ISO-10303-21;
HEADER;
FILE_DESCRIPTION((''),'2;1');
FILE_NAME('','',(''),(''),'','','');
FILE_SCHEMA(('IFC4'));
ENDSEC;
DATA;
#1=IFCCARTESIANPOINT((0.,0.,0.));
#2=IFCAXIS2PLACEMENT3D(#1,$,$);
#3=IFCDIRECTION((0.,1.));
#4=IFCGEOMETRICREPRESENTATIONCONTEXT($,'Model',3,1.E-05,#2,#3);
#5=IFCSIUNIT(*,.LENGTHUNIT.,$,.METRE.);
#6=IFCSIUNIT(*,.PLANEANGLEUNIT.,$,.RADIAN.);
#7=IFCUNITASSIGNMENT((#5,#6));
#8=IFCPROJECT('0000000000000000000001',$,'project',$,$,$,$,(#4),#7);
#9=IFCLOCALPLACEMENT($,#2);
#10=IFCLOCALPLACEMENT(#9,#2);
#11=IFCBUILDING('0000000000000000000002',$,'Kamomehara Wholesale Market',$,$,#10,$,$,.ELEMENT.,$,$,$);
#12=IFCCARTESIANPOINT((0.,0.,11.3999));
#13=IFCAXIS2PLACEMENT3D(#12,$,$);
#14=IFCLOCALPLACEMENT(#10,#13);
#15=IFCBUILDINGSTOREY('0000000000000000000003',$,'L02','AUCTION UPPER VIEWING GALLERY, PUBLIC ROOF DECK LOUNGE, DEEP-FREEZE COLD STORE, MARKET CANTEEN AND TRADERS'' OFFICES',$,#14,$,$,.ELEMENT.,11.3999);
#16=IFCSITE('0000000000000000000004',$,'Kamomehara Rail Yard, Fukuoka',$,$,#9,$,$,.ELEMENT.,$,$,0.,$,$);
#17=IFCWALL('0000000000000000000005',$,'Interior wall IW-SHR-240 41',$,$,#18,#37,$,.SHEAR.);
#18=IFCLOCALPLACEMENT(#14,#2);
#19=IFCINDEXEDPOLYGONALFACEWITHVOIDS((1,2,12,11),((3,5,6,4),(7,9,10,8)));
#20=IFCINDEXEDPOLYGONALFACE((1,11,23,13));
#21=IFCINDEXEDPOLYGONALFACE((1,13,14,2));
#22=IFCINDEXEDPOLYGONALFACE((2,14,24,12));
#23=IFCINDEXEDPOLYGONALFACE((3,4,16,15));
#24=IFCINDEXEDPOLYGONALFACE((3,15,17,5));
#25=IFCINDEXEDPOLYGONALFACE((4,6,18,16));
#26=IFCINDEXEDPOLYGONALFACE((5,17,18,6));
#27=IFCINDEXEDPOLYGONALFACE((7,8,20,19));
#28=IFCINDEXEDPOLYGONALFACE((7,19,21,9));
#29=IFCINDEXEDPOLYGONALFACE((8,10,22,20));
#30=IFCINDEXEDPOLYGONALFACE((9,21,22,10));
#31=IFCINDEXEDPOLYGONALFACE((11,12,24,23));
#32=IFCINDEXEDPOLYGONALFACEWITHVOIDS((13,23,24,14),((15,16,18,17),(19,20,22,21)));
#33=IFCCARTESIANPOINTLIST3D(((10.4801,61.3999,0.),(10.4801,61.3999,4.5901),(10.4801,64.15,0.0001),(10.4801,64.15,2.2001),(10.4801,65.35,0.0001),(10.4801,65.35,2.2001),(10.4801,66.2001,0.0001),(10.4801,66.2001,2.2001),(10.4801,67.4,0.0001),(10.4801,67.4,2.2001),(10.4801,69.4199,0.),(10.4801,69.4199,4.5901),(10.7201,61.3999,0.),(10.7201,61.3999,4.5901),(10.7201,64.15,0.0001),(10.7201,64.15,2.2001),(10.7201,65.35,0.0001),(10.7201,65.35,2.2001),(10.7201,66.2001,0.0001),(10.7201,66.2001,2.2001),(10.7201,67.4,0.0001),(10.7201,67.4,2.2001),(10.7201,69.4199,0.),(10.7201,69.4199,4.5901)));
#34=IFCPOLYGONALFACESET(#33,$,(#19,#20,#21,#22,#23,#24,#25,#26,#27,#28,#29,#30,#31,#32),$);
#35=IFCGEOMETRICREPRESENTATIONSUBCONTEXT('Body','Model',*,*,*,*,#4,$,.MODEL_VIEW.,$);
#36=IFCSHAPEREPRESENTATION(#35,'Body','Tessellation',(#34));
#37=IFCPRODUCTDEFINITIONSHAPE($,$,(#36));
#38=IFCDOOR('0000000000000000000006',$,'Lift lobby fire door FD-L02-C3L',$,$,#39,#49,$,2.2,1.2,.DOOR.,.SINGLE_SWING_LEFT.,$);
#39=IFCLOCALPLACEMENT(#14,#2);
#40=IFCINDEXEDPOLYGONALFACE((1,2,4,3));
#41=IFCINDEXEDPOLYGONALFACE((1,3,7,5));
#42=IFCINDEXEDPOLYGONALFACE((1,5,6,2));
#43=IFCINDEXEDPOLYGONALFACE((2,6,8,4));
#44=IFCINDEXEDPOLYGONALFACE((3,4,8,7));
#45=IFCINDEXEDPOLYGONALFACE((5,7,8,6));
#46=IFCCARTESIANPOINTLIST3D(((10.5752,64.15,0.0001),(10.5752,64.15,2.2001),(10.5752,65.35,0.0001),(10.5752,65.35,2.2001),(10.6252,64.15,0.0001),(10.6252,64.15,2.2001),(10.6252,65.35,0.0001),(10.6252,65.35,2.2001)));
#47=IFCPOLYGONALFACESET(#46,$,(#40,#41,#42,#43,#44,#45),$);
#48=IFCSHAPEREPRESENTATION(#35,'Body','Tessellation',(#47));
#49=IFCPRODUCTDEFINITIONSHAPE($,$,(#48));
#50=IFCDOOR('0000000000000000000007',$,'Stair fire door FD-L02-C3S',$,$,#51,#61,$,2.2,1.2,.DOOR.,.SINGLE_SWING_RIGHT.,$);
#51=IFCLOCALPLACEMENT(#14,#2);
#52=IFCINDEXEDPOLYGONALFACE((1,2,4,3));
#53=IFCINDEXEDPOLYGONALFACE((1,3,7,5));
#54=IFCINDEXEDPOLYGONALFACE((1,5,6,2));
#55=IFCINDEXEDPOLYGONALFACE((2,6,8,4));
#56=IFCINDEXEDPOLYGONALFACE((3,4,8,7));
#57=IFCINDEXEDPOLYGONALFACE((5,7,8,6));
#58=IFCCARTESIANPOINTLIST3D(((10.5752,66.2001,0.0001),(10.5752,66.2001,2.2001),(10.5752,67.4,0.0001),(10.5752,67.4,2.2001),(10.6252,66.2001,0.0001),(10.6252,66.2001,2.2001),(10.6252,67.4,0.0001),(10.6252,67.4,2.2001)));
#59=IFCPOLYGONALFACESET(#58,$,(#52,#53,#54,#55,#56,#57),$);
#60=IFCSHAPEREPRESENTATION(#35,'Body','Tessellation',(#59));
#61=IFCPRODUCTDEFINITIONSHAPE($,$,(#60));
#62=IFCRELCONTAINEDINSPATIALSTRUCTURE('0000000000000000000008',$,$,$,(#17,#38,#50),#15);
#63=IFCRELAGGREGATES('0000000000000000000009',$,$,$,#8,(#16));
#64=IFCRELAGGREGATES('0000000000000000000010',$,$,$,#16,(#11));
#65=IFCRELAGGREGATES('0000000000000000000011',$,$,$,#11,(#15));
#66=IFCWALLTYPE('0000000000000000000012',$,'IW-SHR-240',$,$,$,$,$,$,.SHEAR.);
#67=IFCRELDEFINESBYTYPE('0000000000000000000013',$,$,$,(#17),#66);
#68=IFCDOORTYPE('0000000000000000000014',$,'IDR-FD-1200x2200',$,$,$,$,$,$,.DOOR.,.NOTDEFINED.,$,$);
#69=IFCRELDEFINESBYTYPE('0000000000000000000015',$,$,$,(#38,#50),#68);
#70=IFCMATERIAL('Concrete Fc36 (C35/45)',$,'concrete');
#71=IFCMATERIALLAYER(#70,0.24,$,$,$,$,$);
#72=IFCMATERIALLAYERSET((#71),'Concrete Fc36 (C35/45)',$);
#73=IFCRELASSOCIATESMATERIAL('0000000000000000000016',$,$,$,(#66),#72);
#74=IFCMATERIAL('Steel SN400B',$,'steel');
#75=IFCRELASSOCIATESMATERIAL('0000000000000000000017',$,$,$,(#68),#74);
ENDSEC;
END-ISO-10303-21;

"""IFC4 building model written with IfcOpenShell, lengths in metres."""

from ifc_helpers import new_model, si_unit, direction, frame, frame_2d, origin, place, context, subcontext, project, spatial, rectangle, extrude, material, layer, layer_set, type_object, element, fill, save


model = new_model("IFC4")

# Units and contexts
model_context = context("Model", 3, precision=1e-05, world=origin(), true_north=direction((0.0, 1.0)))
body_context = subcontext(model_context, "Body", "Model", "MODEL_VIEW")
ifc_project = project(units=[si_unit("LENGTHUNIT", "METRE"), si_unit("PLANEANGLEUNIT", "RADIAN")], contexts=[model_context])

# Site, building, storey
site_placement = place(None, origin())
site = spatial("IfcSite", under=ifc_project, at=site_placement, Name="Kamomehara Rail Yard, Fukuoka", CompositionType="ELEMENT", RefElevation=0.0)
building_placement = place(site_placement, origin())
building = spatial("IfcBuilding", under=site, at=building_placement, Name="Kamomehara Wholesale Market", CompositionType="ELEMENT")
storey_placement = place(building_placement, frame((0.0, 0.0, 11.3999)))
storey = spatial("IfcBuildingStorey", under=building, at=storey_placement, Name="L02", Description="AUCTION UPPER VIEWING GALLERY, PUBLIC ROOF DECK LOUNGE, DEEP-FREEZE COLD STORE, MARKET CANTEEN AND TRADERS' OFFICES", CompositionType="ELEMENT", Elevation=11.3999)

# Shared definitions
ifc_material_1 = material(Name="Concrete Fc36 (C35/45)", Category="concrete")
ifc_layer_1 = layer(ifc_material_1, 0.24)
ifc_layer_set_1 = layer_set([ifc_layer_1], Name="Concrete Fc36 (C35/45)")
wall_type_1 = type_object("IfcWallType", Name="IW-SHR-240", PredefinedType="SHEAR", material=ifc_layer_set_1)

# Wall, openings, doors
wall_1_placement = place(storey_placement, frame((10.6001, 61.3999, 0.0), z_axis=(0.0, 0.0, 1.0), x_axis=(0.0, 1.0, 0.0)))
wall_1 = element("IfcWall", 1, at=wall_1_placement, inside=storey, type_object=wall_type_1, Name="Interior wall IW-SHR-240 41", PredefinedType="SHEAR", context=body_context, shape_type="SweptSolid", body=[
    extrude(rectangle(XDim=8.02, YDim=0.24, at=frame_2d((4.01, 0.0))), origin(), (0.0, 0.0, 1.0), 4.5901),
])
opening_1_placement = place(wall_1_placement, frame((2.75, 0.0, 0.0)))
opening_1 = element("IfcOpeningElement", 2, at=opening_1_placement, cuts=wall_1, PredefinedType="OPENING", context=body_context, shape_type="SweptSolid", body=[
    extrude(rectangle(XDim=1.2, YDim=2.2, at=frame_2d((0.6001, 1.1001))), frame((0.0, 0.1348, 0.0), z_axis=(0.0, -1.0, 0.0), x_axis=(1.0, 0.0, 0.0)), (0.0, 0.0, 1.0), 0.2698),
])
opening_2_placement = place(wall_1_placement, frame((4.8, 0.0, 0.0)))
opening_2 = element("IfcOpeningElement", 3, at=opening_2_placement, cuts=wall_1, PredefinedType="OPENING", context=body_context, shape_type="SweptSolid", body=[
    extrude(rectangle(XDim=1.2, YDim=2.2, at=frame_2d((0.6001, 1.1001))), frame((0.0, 0.1348, 0.0), z_axis=(0.0, -1.0, 0.0), x_axis=(1.0, 0.0, 0.0)), (0.0, 0.0, 1.0), 0.2698),
])
ifc_material_2 = material(Name="Steel SN400B", Category="steel")
door_type_1 = type_object("IfcDoorType", Name="IDR-FD-1200x2200", OperationType="NOTDEFINED", PredefinedType="DOOR", material=ifc_material_2)
door_1_placement = place(opening_1_placement, origin())
door_1 = element("IfcDoor", 4, at=door_1_placement, inside=storey, type_object=door_type_1, Name="Lift lobby fire door FD-L02-C3L", OperationType="SINGLE_SWING_LEFT", OverallHeight=2.2, OverallWidth=1.2, PredefinedType="DOOR", context=body_context, shape_type="SweptSolid", body=[
    extrude(rectangle(XDim=1.2, YDim=2.2, at=frame_2d((0.6001, 1.1001))), frame((0.0, 0.0249, 0.0), z_axis=(0.0, -1.0, 0.0), x_axis=(1.0, 0.0, 0.0)), (0.0, 0.0, 1.0), 0.05),
])
fill(opening_1, door_1)
door_2_placement = place(opening_2_placement, origin())
door_2 = element("IfcDoor", 5, at=door_2_placement, inside=storey, type_object=door_type_1, Name="Stair fire door FD-L02-C3S", OperationType="SINGLE_SWING_RIGHT", OverallHeight=2.2, OverallWidth=1.2, PredefinedType="DOOR", context=body_context, shape_type="SweptSolid", body=[
    extrude(rectangle(XDim=1.2, YDim=2.2, at=frame_2d((0.6001, 1.1001))), frame((0.0, 0.0249, 0.0), z_axis=(0.0, -1.0, 0.0), x_axis=(1.0, 0.0, 0.0)), (0.0, 0.0, 1.0), 0.05),
])
fill(opening_2, door_2)

save(model, "model.ifc")
